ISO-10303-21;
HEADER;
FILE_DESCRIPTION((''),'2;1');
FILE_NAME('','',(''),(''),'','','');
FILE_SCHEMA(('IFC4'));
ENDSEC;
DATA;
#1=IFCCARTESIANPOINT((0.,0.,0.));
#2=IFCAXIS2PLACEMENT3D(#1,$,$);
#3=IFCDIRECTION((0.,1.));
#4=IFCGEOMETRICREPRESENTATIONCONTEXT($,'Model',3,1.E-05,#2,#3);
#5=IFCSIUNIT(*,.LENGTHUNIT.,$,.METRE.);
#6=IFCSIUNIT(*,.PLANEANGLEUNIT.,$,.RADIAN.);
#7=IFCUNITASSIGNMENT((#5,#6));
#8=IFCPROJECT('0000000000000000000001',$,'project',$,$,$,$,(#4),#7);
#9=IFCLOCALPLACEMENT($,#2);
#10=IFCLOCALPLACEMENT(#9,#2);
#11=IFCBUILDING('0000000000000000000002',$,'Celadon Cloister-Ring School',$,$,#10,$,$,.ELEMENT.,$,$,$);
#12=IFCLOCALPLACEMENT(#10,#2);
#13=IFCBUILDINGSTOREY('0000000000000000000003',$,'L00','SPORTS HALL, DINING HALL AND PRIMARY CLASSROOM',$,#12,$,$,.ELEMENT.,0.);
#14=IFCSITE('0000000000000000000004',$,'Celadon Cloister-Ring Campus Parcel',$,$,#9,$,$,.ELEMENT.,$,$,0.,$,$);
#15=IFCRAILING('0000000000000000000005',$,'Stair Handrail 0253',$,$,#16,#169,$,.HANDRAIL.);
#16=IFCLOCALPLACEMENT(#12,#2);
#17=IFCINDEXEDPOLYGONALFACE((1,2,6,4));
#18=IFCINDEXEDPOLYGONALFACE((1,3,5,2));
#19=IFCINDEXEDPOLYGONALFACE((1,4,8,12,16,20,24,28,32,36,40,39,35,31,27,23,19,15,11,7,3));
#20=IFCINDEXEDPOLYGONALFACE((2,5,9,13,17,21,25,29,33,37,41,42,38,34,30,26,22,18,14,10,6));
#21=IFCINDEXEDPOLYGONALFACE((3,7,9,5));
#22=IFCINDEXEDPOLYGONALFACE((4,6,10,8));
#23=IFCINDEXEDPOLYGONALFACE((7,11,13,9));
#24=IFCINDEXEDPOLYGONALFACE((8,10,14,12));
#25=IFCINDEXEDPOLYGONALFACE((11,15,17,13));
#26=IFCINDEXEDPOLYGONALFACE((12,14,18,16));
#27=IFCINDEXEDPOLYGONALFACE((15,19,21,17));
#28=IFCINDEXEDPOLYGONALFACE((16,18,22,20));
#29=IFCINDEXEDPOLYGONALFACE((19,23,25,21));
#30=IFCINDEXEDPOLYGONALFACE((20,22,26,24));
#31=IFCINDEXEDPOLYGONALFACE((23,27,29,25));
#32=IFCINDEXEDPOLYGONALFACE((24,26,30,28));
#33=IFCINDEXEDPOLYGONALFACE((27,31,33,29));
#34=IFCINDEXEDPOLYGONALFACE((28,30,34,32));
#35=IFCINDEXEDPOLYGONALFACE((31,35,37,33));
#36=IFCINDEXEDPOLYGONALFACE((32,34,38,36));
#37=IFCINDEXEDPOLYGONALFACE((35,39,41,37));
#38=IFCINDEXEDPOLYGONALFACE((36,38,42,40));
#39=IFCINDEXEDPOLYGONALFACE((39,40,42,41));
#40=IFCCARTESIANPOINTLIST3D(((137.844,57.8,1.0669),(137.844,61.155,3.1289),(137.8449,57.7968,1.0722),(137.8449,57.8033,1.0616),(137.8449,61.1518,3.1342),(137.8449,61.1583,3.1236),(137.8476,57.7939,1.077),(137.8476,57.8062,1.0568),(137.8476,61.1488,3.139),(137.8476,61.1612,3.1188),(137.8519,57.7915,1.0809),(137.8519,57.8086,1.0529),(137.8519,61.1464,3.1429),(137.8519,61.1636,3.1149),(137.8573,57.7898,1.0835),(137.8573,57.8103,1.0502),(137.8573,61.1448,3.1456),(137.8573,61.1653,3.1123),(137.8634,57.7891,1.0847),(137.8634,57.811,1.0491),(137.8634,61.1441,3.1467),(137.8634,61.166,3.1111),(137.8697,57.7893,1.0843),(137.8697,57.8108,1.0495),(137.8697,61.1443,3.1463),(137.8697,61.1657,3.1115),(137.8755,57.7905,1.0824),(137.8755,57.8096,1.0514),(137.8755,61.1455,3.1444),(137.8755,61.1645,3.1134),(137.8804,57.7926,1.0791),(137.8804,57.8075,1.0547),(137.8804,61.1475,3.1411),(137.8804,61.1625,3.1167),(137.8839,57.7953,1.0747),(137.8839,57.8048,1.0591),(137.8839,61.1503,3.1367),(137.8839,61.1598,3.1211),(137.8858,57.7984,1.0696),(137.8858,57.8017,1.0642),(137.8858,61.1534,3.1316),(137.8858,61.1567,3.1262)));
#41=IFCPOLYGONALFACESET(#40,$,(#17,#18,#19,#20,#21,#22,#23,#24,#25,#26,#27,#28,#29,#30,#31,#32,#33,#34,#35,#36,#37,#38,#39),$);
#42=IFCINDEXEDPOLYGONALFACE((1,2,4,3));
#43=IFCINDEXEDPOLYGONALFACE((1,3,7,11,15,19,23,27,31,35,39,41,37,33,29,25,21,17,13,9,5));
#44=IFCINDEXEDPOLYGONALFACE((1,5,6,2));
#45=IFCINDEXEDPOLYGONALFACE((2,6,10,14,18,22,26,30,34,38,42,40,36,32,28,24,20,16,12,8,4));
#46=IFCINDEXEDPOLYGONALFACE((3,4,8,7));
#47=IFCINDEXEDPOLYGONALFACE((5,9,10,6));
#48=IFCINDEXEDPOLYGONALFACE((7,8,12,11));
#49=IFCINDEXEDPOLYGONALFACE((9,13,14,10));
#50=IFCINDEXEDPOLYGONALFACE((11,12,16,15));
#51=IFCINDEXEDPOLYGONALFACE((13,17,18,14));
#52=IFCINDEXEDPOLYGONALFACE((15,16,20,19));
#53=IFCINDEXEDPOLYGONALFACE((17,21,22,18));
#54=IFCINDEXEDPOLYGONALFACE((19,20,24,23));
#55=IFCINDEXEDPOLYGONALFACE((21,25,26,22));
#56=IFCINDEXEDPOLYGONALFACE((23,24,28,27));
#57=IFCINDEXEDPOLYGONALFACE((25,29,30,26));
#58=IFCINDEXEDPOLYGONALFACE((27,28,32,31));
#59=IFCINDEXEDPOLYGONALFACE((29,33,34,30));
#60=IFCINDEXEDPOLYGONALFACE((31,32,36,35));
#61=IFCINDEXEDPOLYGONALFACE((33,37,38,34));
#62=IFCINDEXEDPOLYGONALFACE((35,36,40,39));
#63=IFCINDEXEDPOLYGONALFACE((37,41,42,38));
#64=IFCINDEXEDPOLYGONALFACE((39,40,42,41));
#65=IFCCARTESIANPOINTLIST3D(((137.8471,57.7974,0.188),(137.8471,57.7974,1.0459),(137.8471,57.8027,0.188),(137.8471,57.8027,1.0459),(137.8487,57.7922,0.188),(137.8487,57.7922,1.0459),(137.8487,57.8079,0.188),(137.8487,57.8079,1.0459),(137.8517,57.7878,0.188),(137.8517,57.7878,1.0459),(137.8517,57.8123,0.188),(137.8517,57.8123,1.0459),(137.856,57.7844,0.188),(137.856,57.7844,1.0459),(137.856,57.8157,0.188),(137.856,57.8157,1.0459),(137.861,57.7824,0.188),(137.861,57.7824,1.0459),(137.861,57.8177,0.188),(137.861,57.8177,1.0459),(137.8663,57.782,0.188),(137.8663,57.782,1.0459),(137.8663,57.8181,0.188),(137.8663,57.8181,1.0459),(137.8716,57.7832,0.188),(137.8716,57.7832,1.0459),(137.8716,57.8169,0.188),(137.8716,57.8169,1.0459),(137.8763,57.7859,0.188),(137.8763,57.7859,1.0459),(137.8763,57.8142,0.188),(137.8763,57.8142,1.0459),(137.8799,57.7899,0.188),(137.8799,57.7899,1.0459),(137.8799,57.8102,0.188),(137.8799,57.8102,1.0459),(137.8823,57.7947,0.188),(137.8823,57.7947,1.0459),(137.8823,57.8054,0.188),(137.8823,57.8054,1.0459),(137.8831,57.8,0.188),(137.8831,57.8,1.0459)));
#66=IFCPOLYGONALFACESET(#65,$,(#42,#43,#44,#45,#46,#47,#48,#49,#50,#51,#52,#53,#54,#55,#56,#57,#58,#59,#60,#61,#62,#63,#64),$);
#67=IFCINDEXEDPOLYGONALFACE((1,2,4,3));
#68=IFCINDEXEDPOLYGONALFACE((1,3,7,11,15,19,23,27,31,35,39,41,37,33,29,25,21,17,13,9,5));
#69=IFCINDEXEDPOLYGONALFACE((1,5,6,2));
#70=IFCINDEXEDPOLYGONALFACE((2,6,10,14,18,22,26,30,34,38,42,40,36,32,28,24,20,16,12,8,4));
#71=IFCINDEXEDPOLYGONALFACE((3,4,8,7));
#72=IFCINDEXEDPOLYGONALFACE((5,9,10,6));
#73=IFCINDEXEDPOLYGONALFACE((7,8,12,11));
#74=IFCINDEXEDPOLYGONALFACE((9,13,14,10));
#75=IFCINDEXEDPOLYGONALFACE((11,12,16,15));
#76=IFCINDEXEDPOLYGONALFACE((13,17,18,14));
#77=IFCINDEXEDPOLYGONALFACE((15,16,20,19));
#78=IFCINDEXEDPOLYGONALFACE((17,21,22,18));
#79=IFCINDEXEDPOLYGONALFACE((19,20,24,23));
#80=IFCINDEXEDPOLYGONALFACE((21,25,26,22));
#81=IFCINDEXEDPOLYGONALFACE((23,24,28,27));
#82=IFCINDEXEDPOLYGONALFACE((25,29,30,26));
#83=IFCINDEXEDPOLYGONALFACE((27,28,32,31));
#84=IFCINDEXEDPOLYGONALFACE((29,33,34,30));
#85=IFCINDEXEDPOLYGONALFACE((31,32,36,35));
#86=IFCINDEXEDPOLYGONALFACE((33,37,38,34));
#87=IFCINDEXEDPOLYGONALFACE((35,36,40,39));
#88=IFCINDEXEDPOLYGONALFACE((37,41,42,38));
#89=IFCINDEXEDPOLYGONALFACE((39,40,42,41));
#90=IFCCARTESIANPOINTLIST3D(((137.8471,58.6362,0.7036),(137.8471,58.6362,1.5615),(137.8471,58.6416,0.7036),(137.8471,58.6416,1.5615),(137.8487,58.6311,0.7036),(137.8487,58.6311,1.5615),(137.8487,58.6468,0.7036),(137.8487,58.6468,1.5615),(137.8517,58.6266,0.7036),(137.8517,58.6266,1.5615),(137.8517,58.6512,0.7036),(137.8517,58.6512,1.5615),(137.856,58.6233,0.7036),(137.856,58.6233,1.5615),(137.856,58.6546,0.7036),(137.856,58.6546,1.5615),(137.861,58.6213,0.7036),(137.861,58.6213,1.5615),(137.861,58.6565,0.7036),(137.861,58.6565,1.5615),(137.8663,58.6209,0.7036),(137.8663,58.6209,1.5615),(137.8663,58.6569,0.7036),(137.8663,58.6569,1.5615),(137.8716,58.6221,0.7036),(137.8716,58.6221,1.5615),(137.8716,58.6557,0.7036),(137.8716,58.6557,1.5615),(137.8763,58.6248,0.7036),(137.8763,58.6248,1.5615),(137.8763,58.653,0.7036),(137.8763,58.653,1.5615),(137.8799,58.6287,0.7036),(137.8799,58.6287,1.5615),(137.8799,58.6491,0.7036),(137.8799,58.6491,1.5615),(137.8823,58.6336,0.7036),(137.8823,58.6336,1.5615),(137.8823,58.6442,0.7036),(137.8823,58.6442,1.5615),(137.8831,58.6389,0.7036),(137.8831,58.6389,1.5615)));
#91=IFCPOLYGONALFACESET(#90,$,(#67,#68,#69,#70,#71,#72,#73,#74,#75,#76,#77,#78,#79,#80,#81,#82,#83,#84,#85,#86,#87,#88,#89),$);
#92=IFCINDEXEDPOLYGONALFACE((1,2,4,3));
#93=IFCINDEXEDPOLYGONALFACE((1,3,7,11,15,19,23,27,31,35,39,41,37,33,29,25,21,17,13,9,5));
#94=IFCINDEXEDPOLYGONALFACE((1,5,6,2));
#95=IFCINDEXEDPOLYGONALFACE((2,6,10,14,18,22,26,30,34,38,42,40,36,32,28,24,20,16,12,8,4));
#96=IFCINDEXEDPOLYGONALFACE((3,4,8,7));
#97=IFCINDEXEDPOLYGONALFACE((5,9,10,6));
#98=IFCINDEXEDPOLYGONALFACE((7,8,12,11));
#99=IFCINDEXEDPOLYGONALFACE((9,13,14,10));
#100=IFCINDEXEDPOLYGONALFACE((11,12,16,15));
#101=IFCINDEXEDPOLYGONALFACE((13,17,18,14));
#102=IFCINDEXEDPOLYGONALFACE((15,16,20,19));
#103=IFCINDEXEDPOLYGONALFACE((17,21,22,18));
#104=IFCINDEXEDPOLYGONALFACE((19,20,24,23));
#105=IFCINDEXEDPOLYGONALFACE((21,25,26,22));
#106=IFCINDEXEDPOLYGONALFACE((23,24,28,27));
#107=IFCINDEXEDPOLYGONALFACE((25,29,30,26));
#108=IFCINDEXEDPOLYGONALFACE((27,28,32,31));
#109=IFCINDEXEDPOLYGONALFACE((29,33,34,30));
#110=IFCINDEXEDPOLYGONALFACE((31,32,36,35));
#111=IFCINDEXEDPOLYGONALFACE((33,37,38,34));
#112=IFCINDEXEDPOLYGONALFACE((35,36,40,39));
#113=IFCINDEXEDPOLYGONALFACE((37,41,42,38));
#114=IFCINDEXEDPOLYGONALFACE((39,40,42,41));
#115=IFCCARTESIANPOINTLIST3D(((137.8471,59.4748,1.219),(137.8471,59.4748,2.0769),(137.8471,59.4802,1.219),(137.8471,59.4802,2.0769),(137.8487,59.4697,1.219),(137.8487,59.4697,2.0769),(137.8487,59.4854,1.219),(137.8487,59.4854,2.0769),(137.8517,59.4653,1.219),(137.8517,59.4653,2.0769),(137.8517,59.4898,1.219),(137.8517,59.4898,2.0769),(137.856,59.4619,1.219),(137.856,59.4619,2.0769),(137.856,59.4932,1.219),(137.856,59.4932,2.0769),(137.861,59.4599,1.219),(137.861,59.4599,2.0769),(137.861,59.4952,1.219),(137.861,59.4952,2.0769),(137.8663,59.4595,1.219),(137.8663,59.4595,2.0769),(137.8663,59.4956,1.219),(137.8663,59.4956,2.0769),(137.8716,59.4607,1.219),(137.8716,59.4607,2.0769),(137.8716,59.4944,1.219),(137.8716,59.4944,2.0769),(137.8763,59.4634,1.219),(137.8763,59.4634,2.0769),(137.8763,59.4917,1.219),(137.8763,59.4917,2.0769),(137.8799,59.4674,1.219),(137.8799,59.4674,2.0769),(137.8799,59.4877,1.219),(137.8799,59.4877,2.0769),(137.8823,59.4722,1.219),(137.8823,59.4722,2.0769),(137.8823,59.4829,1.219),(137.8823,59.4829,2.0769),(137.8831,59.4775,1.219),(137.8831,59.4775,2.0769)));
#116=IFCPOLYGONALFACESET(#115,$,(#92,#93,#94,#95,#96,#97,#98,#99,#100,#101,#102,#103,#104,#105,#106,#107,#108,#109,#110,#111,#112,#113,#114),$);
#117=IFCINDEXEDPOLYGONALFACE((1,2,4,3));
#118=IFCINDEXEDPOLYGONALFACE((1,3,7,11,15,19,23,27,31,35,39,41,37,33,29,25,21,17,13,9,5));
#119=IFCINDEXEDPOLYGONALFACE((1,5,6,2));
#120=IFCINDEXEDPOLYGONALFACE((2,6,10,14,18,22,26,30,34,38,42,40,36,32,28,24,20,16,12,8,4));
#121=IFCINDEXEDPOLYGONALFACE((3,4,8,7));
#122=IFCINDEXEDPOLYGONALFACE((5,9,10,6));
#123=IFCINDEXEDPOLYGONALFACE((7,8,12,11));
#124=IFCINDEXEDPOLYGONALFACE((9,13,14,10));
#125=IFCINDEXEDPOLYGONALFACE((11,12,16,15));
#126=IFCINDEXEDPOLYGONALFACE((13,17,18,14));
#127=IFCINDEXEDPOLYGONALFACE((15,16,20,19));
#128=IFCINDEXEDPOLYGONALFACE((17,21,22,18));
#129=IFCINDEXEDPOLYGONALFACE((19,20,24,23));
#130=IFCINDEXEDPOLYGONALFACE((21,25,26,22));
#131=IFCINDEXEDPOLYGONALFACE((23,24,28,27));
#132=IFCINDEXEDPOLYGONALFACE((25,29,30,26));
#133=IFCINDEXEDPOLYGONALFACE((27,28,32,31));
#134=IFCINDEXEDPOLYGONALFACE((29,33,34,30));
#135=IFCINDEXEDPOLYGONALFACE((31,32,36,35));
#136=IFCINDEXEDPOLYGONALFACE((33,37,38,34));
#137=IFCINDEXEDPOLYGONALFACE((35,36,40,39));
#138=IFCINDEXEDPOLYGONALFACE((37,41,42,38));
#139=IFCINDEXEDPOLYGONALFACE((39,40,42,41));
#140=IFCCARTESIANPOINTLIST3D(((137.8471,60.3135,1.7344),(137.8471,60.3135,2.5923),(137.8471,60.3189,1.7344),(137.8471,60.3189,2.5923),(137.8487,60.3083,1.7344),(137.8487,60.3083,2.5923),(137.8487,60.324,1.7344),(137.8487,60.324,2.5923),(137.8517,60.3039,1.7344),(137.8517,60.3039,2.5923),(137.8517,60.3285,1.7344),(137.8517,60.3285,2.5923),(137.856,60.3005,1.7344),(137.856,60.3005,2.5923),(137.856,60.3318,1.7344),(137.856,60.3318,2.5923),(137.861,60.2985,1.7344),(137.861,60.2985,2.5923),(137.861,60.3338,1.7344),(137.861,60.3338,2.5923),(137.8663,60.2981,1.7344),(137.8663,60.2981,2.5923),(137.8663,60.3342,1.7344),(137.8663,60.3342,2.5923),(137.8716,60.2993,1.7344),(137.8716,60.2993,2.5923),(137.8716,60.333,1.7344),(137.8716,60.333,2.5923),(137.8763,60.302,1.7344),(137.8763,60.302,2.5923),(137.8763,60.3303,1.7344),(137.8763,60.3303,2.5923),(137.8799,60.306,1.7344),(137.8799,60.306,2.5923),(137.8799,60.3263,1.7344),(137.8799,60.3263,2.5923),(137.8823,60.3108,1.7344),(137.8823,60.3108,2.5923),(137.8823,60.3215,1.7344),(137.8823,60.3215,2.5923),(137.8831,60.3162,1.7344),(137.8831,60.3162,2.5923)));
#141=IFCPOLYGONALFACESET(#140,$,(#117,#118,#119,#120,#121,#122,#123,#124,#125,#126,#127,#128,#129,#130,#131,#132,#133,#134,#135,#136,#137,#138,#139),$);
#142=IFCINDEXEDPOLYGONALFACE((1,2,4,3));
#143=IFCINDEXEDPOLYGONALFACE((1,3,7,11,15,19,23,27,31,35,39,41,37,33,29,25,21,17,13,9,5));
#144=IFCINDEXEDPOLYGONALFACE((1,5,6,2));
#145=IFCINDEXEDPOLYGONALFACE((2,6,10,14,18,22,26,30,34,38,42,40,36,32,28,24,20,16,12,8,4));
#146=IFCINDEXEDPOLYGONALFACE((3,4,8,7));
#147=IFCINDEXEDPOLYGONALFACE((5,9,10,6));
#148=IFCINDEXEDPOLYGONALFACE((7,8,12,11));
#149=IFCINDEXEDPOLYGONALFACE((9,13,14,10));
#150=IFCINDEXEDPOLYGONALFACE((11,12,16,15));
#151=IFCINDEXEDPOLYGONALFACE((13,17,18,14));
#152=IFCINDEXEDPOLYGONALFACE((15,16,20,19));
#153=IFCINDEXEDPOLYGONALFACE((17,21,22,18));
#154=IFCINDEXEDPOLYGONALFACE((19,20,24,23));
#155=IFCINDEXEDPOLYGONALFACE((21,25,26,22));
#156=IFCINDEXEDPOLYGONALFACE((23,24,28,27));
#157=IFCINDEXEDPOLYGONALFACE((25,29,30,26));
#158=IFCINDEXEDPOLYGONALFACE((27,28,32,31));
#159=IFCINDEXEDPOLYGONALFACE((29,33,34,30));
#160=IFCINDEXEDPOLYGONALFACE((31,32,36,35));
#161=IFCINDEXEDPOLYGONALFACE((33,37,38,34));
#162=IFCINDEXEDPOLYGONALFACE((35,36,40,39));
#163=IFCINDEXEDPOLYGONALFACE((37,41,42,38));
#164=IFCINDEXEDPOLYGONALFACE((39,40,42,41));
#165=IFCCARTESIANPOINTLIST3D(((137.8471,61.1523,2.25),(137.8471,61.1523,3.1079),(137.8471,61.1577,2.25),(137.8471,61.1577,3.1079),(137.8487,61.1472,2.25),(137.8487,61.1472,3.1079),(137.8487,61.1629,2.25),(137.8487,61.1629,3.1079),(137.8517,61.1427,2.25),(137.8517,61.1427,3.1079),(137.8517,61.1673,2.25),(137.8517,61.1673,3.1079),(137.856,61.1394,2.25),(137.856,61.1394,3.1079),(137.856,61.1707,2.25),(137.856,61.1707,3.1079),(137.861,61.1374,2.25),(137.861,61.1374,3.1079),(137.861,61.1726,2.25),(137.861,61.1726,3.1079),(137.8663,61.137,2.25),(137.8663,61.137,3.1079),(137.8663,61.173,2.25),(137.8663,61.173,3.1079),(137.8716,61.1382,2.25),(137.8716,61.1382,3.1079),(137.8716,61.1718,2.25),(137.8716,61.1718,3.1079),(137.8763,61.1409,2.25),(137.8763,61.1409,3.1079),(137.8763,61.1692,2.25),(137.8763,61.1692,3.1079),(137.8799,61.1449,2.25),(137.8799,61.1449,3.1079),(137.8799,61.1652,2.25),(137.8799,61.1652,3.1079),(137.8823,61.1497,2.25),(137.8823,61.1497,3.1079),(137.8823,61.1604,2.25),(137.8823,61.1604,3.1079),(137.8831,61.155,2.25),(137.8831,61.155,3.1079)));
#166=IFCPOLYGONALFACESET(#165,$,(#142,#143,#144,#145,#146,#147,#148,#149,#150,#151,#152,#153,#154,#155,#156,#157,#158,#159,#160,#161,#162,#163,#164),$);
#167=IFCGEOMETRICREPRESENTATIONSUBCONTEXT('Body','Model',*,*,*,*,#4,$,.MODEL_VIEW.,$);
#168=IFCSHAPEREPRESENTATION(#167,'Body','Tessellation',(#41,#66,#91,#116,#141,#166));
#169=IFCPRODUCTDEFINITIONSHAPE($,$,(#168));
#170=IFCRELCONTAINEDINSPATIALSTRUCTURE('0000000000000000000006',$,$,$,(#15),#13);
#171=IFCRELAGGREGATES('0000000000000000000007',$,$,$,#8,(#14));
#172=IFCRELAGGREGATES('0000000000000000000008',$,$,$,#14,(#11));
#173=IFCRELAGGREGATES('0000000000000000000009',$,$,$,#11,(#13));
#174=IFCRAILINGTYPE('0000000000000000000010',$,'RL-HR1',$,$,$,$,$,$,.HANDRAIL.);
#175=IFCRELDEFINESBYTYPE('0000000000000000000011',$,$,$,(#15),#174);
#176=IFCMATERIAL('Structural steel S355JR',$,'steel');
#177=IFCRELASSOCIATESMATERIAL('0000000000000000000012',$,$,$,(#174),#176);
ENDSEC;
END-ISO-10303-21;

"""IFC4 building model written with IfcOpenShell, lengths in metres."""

from ifc_helpers import new_model, si_unit, direction, frame, origin, origin_2d, place, context, subcontext, project, spatial, circle, extrude, material, type_object, element, save


model = new_model("IFC4")

# Units and contexts
model_context = context("Model", 3, precision=1e-05, world=origin(), true_north=direction((0.0, 1.0)))
body_context = subcontext(model_context, "Body", "Model", "MODEL_VIEW")
ifc_project = project(units=[si_unit("LENGTHUNIT", "METRE"), si_unit("PLANEANGLEUNIT", "RADIAN")], contexts=[model_context])

# Site, building, storey
site_placement = place(None, origin())
site = spatial("IfcSite", under=ifc_project, at=site_placement, Name="Celadon Cloister-Ring Campus Parcel", CompositionType="ELEMENT", RefElevation=0.0)
building_placement = place(site_placement, origin())
building = spatial("IfcBuilding", under=site, at=building_placement, Name="Celadon Cloister-Ring School", CompositionType="ELEMENT")
storey_placement = place(building_placement, origin())
storey = spatial("IfcBuildingStorey", under=building, at=storey_placement, Name="L00", Description="SPORTS HALL, DINING HALL AND PRIMARY CLASSROOM", CompositionType="ELEMENT", Elevation=0.0)

# Railing
ifc_material_1 = material(Name="Structural steel S355JR", Category="steel")
railing_type_1 = type_object("IfcRailingType", Name="RL-HR1", PredefinedType="HANDRAIL", material=ifc_material_1)
for number, where, name in (
    (1, (137.865, 57.8, 0.188), "Stair Handrail 0253"),
):
    element("IfcRailing", number, at=place(storey_placement, frame(where)), inside=storey, type_object=railing_type_1, Name=name, PredefinedType="HANDRAIL", context=body_context, shape_type="SweptSolid", body=[
        extrude(circle(Radius=0.021, at=origin_2d()), frame((0.0, 0.0, 0.8789), z_axis=(0.0, 0.851952, 0.52362), x_axis=(-1.0, 0.0, 0.0)), (0.0, 0.0, 1.0), 3.938),
        extrude(circle(Radius=0.0181, at=origin_2d()), origin(), (0.0, 0.0, 1.0), 0.8579),
        extrude(circle(Radius=0.0181, at=origin_2d()), frame((0.0, 0.8389, 0.5156)), (0.0, 0.0, 1.0), 0.8579),
        extrude(circle(Radius=0.0181, at=origin_2d()), frame((0.0, 1.6775, 1.031)), (0.0, 0.0, 1.0), 0.8579),
        extrude(circle(Radius=0.0181, at=origin_2d()), frame((0.0, 2.5161, 1.5464)), (0.0, 0.0, 1.0), 0.8579),
        extrude(circle(Radius=0.0181, at=origin_2d()), frame((0.0, 3.355, 2.062)), (0.0, 0.0, 1.0), 0.8579),
    ])

save(model, "model.ifc")
